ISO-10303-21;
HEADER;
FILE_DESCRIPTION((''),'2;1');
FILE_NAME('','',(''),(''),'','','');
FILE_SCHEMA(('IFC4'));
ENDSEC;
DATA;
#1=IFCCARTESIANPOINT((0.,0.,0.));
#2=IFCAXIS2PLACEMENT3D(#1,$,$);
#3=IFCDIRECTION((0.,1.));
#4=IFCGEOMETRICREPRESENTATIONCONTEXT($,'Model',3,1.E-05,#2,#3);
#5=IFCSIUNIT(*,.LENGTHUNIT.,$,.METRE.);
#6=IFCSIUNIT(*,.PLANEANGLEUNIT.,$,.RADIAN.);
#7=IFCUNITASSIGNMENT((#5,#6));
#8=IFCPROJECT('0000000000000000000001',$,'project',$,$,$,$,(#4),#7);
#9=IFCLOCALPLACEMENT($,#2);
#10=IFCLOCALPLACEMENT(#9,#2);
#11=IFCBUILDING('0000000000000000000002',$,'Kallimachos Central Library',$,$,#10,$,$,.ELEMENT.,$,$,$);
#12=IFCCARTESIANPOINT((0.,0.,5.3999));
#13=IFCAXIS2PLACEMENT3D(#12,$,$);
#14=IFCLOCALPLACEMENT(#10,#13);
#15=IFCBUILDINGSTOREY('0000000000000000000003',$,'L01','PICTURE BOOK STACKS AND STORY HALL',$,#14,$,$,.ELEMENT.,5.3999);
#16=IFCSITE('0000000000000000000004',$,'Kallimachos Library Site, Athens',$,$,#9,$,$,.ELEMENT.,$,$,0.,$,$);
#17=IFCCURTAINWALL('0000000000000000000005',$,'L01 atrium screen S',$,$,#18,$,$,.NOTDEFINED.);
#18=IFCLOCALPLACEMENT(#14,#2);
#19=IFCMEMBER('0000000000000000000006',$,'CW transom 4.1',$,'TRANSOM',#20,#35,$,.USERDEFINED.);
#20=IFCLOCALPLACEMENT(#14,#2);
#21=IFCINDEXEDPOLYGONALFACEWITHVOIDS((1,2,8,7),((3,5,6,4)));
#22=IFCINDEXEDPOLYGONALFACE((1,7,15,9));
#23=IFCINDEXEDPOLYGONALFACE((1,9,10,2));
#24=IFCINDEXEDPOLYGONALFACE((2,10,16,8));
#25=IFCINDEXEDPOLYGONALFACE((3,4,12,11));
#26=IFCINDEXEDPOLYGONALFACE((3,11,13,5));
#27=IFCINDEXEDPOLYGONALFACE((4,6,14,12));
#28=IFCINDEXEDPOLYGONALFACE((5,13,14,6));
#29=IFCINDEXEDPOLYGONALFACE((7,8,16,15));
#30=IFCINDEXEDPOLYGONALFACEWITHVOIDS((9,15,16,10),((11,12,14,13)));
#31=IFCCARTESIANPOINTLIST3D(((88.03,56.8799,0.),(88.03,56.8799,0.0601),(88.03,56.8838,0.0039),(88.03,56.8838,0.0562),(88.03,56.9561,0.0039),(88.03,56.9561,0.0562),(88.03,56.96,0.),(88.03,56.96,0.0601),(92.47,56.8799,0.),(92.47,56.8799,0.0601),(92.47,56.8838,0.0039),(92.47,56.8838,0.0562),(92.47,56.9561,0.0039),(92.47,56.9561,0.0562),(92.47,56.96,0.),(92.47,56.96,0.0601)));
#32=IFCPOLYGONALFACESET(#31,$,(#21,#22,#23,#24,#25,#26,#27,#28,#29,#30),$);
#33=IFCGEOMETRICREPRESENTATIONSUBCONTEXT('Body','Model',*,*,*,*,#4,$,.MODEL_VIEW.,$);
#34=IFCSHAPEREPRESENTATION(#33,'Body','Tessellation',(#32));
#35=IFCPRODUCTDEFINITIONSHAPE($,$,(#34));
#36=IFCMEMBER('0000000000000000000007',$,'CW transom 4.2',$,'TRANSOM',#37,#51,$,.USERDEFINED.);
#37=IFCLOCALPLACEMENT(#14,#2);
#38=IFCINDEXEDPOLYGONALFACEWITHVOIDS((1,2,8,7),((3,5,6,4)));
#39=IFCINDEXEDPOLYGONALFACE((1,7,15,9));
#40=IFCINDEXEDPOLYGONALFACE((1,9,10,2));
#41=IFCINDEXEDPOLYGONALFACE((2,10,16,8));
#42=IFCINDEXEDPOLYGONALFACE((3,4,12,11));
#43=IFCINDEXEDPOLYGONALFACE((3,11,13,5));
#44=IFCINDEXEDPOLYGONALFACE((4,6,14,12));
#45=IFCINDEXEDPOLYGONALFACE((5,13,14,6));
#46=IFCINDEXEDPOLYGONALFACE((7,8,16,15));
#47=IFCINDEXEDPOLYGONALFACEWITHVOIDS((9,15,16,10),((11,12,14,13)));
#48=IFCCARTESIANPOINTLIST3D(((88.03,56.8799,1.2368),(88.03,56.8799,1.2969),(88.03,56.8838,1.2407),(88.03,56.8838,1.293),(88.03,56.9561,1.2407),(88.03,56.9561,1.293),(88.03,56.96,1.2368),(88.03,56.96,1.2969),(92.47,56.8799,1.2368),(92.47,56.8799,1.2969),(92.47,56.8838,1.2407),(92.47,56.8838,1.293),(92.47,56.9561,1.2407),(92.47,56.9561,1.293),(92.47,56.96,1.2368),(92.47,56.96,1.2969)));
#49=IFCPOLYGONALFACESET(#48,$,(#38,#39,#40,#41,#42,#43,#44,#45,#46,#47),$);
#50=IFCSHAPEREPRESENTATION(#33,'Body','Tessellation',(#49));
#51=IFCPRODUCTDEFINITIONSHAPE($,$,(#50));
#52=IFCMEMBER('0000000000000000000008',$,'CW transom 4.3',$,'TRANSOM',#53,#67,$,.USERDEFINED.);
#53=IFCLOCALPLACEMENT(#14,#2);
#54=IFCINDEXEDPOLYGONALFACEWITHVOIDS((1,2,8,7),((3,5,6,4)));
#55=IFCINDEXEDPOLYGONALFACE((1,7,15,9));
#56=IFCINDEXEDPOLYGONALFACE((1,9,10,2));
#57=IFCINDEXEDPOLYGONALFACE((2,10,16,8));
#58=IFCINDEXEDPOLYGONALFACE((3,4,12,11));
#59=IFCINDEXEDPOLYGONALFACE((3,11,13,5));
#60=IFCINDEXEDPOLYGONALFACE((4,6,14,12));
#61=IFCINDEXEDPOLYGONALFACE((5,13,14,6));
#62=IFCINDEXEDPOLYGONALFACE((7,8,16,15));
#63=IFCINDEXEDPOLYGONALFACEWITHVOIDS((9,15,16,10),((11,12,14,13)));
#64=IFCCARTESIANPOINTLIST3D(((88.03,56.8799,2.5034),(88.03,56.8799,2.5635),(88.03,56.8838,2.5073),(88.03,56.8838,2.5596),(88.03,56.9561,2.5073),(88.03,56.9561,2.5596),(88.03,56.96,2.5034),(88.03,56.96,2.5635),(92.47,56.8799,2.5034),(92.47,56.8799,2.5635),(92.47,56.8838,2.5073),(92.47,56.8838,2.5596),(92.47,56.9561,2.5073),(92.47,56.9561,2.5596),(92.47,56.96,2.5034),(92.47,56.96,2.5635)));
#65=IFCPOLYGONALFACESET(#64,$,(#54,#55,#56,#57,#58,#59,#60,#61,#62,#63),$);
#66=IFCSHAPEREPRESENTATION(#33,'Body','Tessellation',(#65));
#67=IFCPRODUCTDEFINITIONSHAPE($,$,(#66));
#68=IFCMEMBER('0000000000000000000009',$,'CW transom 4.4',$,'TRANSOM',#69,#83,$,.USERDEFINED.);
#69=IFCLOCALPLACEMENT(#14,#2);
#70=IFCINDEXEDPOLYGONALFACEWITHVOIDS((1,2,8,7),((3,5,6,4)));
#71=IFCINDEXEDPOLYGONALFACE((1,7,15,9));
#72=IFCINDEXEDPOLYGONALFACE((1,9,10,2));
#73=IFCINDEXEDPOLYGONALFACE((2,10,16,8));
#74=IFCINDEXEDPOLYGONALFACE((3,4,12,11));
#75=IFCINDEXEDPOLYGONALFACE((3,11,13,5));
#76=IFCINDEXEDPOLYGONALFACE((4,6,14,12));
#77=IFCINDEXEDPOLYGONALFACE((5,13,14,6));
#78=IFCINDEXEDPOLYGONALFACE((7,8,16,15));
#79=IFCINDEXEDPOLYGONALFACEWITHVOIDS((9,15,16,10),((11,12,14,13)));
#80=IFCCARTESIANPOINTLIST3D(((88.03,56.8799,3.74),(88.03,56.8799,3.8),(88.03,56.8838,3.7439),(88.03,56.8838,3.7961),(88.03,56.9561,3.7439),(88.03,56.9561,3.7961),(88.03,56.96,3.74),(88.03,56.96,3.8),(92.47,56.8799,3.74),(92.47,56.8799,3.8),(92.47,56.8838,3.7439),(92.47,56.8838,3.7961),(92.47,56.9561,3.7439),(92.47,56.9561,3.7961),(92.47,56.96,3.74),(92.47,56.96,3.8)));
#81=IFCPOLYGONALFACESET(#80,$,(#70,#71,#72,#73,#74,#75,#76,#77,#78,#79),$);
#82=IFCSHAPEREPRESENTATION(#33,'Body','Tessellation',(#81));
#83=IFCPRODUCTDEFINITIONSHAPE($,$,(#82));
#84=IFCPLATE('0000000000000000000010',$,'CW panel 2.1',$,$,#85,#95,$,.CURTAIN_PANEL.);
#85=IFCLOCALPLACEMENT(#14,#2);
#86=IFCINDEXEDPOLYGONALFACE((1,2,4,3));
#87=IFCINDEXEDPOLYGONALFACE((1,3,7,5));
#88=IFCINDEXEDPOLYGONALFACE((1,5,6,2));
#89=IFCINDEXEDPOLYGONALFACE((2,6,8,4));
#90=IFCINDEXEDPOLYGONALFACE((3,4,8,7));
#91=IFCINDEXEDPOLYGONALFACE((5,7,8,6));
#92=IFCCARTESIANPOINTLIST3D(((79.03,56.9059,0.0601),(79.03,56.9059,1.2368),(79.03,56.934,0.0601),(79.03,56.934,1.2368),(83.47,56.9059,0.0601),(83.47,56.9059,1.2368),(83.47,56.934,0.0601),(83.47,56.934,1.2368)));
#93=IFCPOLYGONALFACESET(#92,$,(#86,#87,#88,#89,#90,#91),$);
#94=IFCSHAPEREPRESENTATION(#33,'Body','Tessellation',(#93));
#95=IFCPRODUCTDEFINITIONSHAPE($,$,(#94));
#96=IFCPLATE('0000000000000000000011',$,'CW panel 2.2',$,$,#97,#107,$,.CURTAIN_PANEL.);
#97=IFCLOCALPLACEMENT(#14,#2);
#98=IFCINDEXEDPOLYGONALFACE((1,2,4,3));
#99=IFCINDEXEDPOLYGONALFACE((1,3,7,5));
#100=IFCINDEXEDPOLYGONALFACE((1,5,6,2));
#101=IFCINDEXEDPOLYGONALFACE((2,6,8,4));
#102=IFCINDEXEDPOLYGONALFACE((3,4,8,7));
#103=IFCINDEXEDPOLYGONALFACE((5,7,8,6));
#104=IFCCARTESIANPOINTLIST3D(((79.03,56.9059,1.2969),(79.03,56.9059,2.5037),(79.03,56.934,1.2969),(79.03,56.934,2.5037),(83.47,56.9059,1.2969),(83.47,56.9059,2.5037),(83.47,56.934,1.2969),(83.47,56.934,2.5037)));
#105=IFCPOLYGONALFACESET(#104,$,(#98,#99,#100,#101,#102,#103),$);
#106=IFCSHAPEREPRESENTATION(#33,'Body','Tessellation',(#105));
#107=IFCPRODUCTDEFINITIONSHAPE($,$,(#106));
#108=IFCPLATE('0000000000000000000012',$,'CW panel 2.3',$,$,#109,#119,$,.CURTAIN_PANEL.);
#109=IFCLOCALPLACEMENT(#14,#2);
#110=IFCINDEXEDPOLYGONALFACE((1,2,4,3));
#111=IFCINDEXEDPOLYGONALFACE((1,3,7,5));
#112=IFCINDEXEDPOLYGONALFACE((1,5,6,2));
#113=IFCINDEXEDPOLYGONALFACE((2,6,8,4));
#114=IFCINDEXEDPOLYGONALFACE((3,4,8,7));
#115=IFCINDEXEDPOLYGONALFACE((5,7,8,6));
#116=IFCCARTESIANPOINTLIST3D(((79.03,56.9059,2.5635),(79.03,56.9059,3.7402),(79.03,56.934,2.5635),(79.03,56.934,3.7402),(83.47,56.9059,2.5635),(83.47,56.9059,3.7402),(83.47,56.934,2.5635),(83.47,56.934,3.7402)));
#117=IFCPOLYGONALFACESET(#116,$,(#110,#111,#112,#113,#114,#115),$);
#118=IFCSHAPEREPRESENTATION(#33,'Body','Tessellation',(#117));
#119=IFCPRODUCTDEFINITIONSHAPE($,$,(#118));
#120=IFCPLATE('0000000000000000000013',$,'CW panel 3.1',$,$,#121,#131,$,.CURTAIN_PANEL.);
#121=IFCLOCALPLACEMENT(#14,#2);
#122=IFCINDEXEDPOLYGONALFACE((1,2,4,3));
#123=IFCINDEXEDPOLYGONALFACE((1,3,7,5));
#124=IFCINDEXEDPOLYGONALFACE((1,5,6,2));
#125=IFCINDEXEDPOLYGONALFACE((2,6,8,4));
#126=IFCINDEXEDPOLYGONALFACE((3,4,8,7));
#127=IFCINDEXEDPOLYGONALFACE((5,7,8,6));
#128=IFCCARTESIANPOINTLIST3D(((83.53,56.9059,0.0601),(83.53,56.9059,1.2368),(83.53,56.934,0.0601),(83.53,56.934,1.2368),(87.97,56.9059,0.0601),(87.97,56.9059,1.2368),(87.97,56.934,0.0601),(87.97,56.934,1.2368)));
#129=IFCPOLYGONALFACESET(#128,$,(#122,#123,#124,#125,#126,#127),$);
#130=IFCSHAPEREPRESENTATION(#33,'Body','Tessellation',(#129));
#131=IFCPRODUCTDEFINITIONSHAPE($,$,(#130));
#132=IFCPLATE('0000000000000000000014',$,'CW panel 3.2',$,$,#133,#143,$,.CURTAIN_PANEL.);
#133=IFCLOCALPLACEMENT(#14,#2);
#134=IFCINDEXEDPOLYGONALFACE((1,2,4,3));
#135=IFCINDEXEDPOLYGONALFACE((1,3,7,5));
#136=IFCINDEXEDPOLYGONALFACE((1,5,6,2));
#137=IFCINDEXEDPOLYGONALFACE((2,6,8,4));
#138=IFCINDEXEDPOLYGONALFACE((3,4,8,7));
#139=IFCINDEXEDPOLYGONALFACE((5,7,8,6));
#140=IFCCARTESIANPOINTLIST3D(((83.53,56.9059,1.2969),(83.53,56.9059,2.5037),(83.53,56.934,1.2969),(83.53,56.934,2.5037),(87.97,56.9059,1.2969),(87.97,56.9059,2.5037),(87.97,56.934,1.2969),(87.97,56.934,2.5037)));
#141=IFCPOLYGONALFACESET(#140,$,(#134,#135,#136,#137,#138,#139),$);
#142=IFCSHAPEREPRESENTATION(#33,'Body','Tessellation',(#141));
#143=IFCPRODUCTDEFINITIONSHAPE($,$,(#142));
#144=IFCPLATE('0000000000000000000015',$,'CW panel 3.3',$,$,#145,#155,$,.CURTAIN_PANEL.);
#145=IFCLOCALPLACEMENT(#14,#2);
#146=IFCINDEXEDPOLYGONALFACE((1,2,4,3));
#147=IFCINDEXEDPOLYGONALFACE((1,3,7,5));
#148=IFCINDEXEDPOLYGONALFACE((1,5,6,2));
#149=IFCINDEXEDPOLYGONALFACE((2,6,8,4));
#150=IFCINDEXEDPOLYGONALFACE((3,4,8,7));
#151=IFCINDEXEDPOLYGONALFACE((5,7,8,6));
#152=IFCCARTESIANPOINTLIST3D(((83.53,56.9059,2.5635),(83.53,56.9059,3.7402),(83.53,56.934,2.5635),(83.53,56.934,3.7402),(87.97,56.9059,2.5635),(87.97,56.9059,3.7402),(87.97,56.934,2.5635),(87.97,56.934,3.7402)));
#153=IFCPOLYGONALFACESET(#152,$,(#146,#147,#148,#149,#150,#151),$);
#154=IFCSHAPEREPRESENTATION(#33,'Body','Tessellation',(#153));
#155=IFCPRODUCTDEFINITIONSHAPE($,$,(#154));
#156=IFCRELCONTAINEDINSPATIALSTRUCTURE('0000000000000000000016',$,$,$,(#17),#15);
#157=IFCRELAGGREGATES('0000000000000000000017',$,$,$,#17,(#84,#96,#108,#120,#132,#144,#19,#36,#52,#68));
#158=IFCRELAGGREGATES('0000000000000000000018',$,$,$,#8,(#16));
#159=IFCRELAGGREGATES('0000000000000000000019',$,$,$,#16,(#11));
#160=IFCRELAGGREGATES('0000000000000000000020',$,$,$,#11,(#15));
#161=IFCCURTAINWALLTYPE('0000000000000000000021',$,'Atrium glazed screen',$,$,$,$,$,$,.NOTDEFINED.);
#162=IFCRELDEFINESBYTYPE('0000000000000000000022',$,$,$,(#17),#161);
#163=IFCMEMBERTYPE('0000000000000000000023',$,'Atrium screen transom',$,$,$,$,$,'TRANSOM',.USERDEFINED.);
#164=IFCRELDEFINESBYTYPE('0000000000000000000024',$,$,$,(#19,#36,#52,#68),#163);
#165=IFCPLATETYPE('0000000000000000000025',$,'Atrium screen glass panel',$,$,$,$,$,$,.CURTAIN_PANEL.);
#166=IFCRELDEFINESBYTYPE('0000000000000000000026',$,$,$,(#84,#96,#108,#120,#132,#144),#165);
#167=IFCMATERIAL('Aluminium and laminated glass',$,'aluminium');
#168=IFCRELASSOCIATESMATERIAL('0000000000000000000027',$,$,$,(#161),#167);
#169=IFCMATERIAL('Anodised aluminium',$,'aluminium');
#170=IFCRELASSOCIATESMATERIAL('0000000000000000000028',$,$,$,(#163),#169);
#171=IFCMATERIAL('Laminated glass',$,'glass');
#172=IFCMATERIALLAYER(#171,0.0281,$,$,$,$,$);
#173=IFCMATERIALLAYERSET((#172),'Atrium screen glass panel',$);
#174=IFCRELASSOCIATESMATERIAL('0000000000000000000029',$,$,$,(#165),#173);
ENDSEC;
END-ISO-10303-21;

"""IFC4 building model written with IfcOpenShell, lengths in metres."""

from ifc_helpers import new_model, si_unit, direction, frame, origin, origin_2d, place, context, subcontext, project, spatial, rectangle, hollow_rectangle, extrude, material, layer, layer_set, material_profile, profile_set, type_object, element, aggregate, save


model = new_model("IFC4")

# Units and contexts
model_context = context("Model", 3, precision=1e-05, world=origin(), true_north=direction((0.0, 1.0)))
body_context = subcontext(model_context, "Body", "Model", "MODEL_VIEW")
ifc_project = project(units=[si_unit("LENGTHUNIT", "METRE"), si_unit("PLANEANGLEUNIT", "RADIAN")], contexts=[model_context])

# Site, building, storey
site_placement = place(None, origin())
site = spatial("IfcSite", under=ifc_project, at=site_placement, Name="Kallimachos Library Site, Athens", CompositionType="ELEMENT", RefElevation=0.0)
building_placement = place(site_placement, origin())
building = spatial("IfcBuilding", under=site, at=building_placement, Name="Kallimachos Central Library", CompositionType="ELEMENT")
storey_placement = place(building_placement, frame((0.0, 0.0, 5.3999)))
storey = spatial("IfcBuildingStorey", under=building, at=storey_placement, Name="L01", Description="PICTURE BOOK STACKS AND STORY HALL", CompositionType="ELEMENT", Elevation=5.3999)

# Curtain wall, members, plates
ifc_material_1 = material(Name="Aluminium and laminated glass", Category="aluminium")
curtain_wall_type = type_object("IfcCurtainWallType", Name="Atrium glazed screen", PredefinedType="NOTDEFINED", material=ifc_material_1)
curtain_wall_placement = place(storey_placement, origin())
curtain_wall = element("IfcCurtainWall", 1, at=curtain_wall_placement, inside=storey, type_object=curtain_wall_type, Name="L01 atrium screen S", PredefinedType="NOTDEFINED")
ifc_material_2 = material(Name="Anodised aluminium", Category="aluminium")
ifc_material_profile_1 = material_profile(ifc_material_2, hollow_rectangle(XDim=0.0601, YDim=0.0801, WallThickness=0.0039, at=origin_2d()), Name="ALU TRANSOM 60x80")
ifc_profile_set_1 = profile_set([ifc_material_profile_1], Name="Anodised aluminium")
member_type_1 = type_object("IfcMemberType", Name="Atrium screen transom", ElementType="TRANSOM", PredefinedType="USERDEFINED", material=ifc_profile_set_1)
member_1_placement = place(storey_placement, frame((88.03, 56.9199, 0.03), z_axis=(1.0, 0.0, 0.0), x_axis=(0.0, 0.0, 1.0)))
member_1 = element("IfcMember", 2, at=member_1_placement, type_object=member_type_1, Name="CW transom 4.1", ObjectType="TRANSOM", PredefinedType="USERDEFINED", context=body_context, shape_type="SweptSolid", body=[
    extrude(hollow_rectangle(XDim=0.0601, YDim=0.0801, WallThickness=0.0039, at=origin_2d()), origin(), (0.0, 0.0, 1.0), 4.4399),
])
member_2_placement = place(storey_placement, frame((88.03, 56.9199, 1.2668), z_axis=(1.0, 0.0, 0.0), x_axis=(0.0, 0.0, 1.0)))
member_2 = element("IfcMember", 3, at=member_2_placement, type_object=member_type_1, Name="CW transom 4.2", ObjectType="TRANSOM", PredefinedType="USERDEFINED", context=body_context, shape_type="SweptSolid", body=[
    extrude(hollow_rectangle(XDim=0.0601, YDim=0.0801, WallThickness=0.0039, at=origin_2d()), origin(), (0.0, 0.0, 1.0), 4.4399),
])
member_3_placement = place(storey_placement, frame((88.03, 56.9199, 2.5334), z_axis=(1.0, 0.0, 0.0), x_axis=(0.0, 0.0, 1.0)))
member_3 = element("IfcMember", 4, at=member_3_placement, type_object=member_type_1, Name="CW transom 4.3", ObjectType="TRANSOM", PredefinedType="USERDEFINED", context=body_context, shape_type="SweptSolid", body=[
    extrude(hollow_rectangle(XDim=0.0601, YDim=0.0801, WallThickness=0.0039, at=origin_2d()), origin(), (0.0, 0.0, 1.0), 4.4399),
])
member_4_placement = place(storey_placement, frame((88.03, 56.9199, 3.77), z_axis=(1.0, 0.0, 0.0), x_axis=(0.0, 0.0, 1.0)))
member_4 = element("IfcMember", 5, at=member_4_placement, type_object=member_type_1, Name="CW transom 4.4", ObjectType="TRANSOM", PredefinedType="USERDEFINED", context=body_context, shape_type="SweptSolid", body=[
    extrude(hollow_rectangle(XDim=0.0601, YDim=0.0801, WallThickness=0.0039, at=origin_2d()), origin(), (0.0, 0.0, 1.0), 4.4399),
])
ifc_material_3 = material(Name="Laminated glass", Category="glass")
ifc_layer = layer(ifc_material_3, 0.0281)
ifc_layer_set = layer_set([ifc_layer], Name="Atrium screen glass panel")
plate_type = type_object("IfcPlateType", Name="Atrium screen glass panel", PredefinedType="CURTAIN_PANEL", material=ifc_layer_set)
plate_1_placement = place(storey_placement, frame((81.25, 56.9199, 0.0601), z_axis=(0.0, 0.0, 1.0), x_axis=(1.0, 0.0, 0.0)))
plate_1 = element("IfcPlate", 6, at=plate_1_placement, type_object=plate_type, Name="CW panel 2.1", PredefinedType="CURTAIN_PANEL", context=body_context, shape_type="SweptSolid", body=[
    extrude(rectangle(XDim=4.4399, YDim=0.0281, at=origin_2d()), origin(), (0.0, 0.0, 1.0), 1.1768),
])
plate_2_placement = place(storey_placement, frame((81.25, 56.9199, 1.2969), z_axis=(0.0, 0.0, 1.0), x_axis=(1.0, 0.0, 0.0)))
plate_2 = element("IfcPlate", 7, at=plate_2_placement, type_object=plate_type, Name="CW panel 2.2", PredefinedType="CURTAIN_PANEL", context=body_context, shape_type="SweptSolid", body=[
    extrude(rectangle(XDim=4.4399, YDim=0.0281, at=origin_2d()), origin(), (0.0, 0.0, 1.0), 1.2068),
])
plate_3_placement = place(storey_placement, frame((81.25, 56.9199, 2.5635), z_axis=(0.0, 0.0, 1.0), x_axis=(1.0, 0.0, 0.0)))
plate_3 = element("IfcPlate", 8, at=plate_3_placement, type_object=plate_type, Name="CW panel 2.3", PredefinedType="CURTAIN_PANEL", context=body_context, shape_type="SweptSolid", body=[
    extrude(rectangle(XDim=4.4399, YDim=0.0281, at=origin_2d()), origin(), (0.0, 0.0, 1.0), 1.1768),
])
plate_4_placement = place(storey_placement, frame((85.75, 56.9199, 0.0601), z_axis=(0.0, 0.0, 1.0), x_axis=(1.0, 0.0, 0.0)))
plate_4 = element("IfcPlate", 9, at=plate_4_placement, type_object=plate_type, Name="CW panel 3.1", PredefinedType="CURTAIN_PANEL", context=body_context, shape_type="SweptSolid", body=[
    extrude(rectangle(XDim=4.4399, YDim=0.0281, at=origin_2d()), origin(), (0.0, 0.0, 1.0), 1.1768),
])
plate_5_placement = place(storey_placement, frame((85.75, 56.9199, 1.2969), z_axis=(0.0, 0.0, 1.0), x_axis=(1.0, 0.0, 0.0)))
plate_5 = element("IfcPlate", 10, at=plate_5_placement, type_object=plate_type, Name="CW panel 3.2", PredefinedType="CURTAIN_PANEL", context=body_context, shape_type="SweptSolid", body=[
    extrude(rectangle(XDim=4.4399, YDim=0.0281, at=origin_2d()), origin(), (0.0, 0.0, 1.0), 1.2068),
])
plate_6_placement = place(storey_placement, frame((85.75, 56.9199, 2.5635), z_axis=(0.0, 0.0, 1.0), x_axis=(1.0, 0.0, 0.0)))
plate_6 = element("IfcPlate", 11, at=plate_6_placement, type_object=plate_type, Name="CW panel 3.3", PredefinedType="CURTAIN_PANEL", context=body_context, shape_type="SweptSolid", body=[
    extrude(rectangle(XDim=4.4399, YDim=0.0281, at=origin_2d()), origin(), (0.0, 0.0, 1.0), 1.1768),
])
aggregate(curtain_wall, [plate_1, plate_2, plate_3, plate_4, plate_5, plate_6, member_1, member_2, member_3, member_4])

save(model, "model.ifc")
